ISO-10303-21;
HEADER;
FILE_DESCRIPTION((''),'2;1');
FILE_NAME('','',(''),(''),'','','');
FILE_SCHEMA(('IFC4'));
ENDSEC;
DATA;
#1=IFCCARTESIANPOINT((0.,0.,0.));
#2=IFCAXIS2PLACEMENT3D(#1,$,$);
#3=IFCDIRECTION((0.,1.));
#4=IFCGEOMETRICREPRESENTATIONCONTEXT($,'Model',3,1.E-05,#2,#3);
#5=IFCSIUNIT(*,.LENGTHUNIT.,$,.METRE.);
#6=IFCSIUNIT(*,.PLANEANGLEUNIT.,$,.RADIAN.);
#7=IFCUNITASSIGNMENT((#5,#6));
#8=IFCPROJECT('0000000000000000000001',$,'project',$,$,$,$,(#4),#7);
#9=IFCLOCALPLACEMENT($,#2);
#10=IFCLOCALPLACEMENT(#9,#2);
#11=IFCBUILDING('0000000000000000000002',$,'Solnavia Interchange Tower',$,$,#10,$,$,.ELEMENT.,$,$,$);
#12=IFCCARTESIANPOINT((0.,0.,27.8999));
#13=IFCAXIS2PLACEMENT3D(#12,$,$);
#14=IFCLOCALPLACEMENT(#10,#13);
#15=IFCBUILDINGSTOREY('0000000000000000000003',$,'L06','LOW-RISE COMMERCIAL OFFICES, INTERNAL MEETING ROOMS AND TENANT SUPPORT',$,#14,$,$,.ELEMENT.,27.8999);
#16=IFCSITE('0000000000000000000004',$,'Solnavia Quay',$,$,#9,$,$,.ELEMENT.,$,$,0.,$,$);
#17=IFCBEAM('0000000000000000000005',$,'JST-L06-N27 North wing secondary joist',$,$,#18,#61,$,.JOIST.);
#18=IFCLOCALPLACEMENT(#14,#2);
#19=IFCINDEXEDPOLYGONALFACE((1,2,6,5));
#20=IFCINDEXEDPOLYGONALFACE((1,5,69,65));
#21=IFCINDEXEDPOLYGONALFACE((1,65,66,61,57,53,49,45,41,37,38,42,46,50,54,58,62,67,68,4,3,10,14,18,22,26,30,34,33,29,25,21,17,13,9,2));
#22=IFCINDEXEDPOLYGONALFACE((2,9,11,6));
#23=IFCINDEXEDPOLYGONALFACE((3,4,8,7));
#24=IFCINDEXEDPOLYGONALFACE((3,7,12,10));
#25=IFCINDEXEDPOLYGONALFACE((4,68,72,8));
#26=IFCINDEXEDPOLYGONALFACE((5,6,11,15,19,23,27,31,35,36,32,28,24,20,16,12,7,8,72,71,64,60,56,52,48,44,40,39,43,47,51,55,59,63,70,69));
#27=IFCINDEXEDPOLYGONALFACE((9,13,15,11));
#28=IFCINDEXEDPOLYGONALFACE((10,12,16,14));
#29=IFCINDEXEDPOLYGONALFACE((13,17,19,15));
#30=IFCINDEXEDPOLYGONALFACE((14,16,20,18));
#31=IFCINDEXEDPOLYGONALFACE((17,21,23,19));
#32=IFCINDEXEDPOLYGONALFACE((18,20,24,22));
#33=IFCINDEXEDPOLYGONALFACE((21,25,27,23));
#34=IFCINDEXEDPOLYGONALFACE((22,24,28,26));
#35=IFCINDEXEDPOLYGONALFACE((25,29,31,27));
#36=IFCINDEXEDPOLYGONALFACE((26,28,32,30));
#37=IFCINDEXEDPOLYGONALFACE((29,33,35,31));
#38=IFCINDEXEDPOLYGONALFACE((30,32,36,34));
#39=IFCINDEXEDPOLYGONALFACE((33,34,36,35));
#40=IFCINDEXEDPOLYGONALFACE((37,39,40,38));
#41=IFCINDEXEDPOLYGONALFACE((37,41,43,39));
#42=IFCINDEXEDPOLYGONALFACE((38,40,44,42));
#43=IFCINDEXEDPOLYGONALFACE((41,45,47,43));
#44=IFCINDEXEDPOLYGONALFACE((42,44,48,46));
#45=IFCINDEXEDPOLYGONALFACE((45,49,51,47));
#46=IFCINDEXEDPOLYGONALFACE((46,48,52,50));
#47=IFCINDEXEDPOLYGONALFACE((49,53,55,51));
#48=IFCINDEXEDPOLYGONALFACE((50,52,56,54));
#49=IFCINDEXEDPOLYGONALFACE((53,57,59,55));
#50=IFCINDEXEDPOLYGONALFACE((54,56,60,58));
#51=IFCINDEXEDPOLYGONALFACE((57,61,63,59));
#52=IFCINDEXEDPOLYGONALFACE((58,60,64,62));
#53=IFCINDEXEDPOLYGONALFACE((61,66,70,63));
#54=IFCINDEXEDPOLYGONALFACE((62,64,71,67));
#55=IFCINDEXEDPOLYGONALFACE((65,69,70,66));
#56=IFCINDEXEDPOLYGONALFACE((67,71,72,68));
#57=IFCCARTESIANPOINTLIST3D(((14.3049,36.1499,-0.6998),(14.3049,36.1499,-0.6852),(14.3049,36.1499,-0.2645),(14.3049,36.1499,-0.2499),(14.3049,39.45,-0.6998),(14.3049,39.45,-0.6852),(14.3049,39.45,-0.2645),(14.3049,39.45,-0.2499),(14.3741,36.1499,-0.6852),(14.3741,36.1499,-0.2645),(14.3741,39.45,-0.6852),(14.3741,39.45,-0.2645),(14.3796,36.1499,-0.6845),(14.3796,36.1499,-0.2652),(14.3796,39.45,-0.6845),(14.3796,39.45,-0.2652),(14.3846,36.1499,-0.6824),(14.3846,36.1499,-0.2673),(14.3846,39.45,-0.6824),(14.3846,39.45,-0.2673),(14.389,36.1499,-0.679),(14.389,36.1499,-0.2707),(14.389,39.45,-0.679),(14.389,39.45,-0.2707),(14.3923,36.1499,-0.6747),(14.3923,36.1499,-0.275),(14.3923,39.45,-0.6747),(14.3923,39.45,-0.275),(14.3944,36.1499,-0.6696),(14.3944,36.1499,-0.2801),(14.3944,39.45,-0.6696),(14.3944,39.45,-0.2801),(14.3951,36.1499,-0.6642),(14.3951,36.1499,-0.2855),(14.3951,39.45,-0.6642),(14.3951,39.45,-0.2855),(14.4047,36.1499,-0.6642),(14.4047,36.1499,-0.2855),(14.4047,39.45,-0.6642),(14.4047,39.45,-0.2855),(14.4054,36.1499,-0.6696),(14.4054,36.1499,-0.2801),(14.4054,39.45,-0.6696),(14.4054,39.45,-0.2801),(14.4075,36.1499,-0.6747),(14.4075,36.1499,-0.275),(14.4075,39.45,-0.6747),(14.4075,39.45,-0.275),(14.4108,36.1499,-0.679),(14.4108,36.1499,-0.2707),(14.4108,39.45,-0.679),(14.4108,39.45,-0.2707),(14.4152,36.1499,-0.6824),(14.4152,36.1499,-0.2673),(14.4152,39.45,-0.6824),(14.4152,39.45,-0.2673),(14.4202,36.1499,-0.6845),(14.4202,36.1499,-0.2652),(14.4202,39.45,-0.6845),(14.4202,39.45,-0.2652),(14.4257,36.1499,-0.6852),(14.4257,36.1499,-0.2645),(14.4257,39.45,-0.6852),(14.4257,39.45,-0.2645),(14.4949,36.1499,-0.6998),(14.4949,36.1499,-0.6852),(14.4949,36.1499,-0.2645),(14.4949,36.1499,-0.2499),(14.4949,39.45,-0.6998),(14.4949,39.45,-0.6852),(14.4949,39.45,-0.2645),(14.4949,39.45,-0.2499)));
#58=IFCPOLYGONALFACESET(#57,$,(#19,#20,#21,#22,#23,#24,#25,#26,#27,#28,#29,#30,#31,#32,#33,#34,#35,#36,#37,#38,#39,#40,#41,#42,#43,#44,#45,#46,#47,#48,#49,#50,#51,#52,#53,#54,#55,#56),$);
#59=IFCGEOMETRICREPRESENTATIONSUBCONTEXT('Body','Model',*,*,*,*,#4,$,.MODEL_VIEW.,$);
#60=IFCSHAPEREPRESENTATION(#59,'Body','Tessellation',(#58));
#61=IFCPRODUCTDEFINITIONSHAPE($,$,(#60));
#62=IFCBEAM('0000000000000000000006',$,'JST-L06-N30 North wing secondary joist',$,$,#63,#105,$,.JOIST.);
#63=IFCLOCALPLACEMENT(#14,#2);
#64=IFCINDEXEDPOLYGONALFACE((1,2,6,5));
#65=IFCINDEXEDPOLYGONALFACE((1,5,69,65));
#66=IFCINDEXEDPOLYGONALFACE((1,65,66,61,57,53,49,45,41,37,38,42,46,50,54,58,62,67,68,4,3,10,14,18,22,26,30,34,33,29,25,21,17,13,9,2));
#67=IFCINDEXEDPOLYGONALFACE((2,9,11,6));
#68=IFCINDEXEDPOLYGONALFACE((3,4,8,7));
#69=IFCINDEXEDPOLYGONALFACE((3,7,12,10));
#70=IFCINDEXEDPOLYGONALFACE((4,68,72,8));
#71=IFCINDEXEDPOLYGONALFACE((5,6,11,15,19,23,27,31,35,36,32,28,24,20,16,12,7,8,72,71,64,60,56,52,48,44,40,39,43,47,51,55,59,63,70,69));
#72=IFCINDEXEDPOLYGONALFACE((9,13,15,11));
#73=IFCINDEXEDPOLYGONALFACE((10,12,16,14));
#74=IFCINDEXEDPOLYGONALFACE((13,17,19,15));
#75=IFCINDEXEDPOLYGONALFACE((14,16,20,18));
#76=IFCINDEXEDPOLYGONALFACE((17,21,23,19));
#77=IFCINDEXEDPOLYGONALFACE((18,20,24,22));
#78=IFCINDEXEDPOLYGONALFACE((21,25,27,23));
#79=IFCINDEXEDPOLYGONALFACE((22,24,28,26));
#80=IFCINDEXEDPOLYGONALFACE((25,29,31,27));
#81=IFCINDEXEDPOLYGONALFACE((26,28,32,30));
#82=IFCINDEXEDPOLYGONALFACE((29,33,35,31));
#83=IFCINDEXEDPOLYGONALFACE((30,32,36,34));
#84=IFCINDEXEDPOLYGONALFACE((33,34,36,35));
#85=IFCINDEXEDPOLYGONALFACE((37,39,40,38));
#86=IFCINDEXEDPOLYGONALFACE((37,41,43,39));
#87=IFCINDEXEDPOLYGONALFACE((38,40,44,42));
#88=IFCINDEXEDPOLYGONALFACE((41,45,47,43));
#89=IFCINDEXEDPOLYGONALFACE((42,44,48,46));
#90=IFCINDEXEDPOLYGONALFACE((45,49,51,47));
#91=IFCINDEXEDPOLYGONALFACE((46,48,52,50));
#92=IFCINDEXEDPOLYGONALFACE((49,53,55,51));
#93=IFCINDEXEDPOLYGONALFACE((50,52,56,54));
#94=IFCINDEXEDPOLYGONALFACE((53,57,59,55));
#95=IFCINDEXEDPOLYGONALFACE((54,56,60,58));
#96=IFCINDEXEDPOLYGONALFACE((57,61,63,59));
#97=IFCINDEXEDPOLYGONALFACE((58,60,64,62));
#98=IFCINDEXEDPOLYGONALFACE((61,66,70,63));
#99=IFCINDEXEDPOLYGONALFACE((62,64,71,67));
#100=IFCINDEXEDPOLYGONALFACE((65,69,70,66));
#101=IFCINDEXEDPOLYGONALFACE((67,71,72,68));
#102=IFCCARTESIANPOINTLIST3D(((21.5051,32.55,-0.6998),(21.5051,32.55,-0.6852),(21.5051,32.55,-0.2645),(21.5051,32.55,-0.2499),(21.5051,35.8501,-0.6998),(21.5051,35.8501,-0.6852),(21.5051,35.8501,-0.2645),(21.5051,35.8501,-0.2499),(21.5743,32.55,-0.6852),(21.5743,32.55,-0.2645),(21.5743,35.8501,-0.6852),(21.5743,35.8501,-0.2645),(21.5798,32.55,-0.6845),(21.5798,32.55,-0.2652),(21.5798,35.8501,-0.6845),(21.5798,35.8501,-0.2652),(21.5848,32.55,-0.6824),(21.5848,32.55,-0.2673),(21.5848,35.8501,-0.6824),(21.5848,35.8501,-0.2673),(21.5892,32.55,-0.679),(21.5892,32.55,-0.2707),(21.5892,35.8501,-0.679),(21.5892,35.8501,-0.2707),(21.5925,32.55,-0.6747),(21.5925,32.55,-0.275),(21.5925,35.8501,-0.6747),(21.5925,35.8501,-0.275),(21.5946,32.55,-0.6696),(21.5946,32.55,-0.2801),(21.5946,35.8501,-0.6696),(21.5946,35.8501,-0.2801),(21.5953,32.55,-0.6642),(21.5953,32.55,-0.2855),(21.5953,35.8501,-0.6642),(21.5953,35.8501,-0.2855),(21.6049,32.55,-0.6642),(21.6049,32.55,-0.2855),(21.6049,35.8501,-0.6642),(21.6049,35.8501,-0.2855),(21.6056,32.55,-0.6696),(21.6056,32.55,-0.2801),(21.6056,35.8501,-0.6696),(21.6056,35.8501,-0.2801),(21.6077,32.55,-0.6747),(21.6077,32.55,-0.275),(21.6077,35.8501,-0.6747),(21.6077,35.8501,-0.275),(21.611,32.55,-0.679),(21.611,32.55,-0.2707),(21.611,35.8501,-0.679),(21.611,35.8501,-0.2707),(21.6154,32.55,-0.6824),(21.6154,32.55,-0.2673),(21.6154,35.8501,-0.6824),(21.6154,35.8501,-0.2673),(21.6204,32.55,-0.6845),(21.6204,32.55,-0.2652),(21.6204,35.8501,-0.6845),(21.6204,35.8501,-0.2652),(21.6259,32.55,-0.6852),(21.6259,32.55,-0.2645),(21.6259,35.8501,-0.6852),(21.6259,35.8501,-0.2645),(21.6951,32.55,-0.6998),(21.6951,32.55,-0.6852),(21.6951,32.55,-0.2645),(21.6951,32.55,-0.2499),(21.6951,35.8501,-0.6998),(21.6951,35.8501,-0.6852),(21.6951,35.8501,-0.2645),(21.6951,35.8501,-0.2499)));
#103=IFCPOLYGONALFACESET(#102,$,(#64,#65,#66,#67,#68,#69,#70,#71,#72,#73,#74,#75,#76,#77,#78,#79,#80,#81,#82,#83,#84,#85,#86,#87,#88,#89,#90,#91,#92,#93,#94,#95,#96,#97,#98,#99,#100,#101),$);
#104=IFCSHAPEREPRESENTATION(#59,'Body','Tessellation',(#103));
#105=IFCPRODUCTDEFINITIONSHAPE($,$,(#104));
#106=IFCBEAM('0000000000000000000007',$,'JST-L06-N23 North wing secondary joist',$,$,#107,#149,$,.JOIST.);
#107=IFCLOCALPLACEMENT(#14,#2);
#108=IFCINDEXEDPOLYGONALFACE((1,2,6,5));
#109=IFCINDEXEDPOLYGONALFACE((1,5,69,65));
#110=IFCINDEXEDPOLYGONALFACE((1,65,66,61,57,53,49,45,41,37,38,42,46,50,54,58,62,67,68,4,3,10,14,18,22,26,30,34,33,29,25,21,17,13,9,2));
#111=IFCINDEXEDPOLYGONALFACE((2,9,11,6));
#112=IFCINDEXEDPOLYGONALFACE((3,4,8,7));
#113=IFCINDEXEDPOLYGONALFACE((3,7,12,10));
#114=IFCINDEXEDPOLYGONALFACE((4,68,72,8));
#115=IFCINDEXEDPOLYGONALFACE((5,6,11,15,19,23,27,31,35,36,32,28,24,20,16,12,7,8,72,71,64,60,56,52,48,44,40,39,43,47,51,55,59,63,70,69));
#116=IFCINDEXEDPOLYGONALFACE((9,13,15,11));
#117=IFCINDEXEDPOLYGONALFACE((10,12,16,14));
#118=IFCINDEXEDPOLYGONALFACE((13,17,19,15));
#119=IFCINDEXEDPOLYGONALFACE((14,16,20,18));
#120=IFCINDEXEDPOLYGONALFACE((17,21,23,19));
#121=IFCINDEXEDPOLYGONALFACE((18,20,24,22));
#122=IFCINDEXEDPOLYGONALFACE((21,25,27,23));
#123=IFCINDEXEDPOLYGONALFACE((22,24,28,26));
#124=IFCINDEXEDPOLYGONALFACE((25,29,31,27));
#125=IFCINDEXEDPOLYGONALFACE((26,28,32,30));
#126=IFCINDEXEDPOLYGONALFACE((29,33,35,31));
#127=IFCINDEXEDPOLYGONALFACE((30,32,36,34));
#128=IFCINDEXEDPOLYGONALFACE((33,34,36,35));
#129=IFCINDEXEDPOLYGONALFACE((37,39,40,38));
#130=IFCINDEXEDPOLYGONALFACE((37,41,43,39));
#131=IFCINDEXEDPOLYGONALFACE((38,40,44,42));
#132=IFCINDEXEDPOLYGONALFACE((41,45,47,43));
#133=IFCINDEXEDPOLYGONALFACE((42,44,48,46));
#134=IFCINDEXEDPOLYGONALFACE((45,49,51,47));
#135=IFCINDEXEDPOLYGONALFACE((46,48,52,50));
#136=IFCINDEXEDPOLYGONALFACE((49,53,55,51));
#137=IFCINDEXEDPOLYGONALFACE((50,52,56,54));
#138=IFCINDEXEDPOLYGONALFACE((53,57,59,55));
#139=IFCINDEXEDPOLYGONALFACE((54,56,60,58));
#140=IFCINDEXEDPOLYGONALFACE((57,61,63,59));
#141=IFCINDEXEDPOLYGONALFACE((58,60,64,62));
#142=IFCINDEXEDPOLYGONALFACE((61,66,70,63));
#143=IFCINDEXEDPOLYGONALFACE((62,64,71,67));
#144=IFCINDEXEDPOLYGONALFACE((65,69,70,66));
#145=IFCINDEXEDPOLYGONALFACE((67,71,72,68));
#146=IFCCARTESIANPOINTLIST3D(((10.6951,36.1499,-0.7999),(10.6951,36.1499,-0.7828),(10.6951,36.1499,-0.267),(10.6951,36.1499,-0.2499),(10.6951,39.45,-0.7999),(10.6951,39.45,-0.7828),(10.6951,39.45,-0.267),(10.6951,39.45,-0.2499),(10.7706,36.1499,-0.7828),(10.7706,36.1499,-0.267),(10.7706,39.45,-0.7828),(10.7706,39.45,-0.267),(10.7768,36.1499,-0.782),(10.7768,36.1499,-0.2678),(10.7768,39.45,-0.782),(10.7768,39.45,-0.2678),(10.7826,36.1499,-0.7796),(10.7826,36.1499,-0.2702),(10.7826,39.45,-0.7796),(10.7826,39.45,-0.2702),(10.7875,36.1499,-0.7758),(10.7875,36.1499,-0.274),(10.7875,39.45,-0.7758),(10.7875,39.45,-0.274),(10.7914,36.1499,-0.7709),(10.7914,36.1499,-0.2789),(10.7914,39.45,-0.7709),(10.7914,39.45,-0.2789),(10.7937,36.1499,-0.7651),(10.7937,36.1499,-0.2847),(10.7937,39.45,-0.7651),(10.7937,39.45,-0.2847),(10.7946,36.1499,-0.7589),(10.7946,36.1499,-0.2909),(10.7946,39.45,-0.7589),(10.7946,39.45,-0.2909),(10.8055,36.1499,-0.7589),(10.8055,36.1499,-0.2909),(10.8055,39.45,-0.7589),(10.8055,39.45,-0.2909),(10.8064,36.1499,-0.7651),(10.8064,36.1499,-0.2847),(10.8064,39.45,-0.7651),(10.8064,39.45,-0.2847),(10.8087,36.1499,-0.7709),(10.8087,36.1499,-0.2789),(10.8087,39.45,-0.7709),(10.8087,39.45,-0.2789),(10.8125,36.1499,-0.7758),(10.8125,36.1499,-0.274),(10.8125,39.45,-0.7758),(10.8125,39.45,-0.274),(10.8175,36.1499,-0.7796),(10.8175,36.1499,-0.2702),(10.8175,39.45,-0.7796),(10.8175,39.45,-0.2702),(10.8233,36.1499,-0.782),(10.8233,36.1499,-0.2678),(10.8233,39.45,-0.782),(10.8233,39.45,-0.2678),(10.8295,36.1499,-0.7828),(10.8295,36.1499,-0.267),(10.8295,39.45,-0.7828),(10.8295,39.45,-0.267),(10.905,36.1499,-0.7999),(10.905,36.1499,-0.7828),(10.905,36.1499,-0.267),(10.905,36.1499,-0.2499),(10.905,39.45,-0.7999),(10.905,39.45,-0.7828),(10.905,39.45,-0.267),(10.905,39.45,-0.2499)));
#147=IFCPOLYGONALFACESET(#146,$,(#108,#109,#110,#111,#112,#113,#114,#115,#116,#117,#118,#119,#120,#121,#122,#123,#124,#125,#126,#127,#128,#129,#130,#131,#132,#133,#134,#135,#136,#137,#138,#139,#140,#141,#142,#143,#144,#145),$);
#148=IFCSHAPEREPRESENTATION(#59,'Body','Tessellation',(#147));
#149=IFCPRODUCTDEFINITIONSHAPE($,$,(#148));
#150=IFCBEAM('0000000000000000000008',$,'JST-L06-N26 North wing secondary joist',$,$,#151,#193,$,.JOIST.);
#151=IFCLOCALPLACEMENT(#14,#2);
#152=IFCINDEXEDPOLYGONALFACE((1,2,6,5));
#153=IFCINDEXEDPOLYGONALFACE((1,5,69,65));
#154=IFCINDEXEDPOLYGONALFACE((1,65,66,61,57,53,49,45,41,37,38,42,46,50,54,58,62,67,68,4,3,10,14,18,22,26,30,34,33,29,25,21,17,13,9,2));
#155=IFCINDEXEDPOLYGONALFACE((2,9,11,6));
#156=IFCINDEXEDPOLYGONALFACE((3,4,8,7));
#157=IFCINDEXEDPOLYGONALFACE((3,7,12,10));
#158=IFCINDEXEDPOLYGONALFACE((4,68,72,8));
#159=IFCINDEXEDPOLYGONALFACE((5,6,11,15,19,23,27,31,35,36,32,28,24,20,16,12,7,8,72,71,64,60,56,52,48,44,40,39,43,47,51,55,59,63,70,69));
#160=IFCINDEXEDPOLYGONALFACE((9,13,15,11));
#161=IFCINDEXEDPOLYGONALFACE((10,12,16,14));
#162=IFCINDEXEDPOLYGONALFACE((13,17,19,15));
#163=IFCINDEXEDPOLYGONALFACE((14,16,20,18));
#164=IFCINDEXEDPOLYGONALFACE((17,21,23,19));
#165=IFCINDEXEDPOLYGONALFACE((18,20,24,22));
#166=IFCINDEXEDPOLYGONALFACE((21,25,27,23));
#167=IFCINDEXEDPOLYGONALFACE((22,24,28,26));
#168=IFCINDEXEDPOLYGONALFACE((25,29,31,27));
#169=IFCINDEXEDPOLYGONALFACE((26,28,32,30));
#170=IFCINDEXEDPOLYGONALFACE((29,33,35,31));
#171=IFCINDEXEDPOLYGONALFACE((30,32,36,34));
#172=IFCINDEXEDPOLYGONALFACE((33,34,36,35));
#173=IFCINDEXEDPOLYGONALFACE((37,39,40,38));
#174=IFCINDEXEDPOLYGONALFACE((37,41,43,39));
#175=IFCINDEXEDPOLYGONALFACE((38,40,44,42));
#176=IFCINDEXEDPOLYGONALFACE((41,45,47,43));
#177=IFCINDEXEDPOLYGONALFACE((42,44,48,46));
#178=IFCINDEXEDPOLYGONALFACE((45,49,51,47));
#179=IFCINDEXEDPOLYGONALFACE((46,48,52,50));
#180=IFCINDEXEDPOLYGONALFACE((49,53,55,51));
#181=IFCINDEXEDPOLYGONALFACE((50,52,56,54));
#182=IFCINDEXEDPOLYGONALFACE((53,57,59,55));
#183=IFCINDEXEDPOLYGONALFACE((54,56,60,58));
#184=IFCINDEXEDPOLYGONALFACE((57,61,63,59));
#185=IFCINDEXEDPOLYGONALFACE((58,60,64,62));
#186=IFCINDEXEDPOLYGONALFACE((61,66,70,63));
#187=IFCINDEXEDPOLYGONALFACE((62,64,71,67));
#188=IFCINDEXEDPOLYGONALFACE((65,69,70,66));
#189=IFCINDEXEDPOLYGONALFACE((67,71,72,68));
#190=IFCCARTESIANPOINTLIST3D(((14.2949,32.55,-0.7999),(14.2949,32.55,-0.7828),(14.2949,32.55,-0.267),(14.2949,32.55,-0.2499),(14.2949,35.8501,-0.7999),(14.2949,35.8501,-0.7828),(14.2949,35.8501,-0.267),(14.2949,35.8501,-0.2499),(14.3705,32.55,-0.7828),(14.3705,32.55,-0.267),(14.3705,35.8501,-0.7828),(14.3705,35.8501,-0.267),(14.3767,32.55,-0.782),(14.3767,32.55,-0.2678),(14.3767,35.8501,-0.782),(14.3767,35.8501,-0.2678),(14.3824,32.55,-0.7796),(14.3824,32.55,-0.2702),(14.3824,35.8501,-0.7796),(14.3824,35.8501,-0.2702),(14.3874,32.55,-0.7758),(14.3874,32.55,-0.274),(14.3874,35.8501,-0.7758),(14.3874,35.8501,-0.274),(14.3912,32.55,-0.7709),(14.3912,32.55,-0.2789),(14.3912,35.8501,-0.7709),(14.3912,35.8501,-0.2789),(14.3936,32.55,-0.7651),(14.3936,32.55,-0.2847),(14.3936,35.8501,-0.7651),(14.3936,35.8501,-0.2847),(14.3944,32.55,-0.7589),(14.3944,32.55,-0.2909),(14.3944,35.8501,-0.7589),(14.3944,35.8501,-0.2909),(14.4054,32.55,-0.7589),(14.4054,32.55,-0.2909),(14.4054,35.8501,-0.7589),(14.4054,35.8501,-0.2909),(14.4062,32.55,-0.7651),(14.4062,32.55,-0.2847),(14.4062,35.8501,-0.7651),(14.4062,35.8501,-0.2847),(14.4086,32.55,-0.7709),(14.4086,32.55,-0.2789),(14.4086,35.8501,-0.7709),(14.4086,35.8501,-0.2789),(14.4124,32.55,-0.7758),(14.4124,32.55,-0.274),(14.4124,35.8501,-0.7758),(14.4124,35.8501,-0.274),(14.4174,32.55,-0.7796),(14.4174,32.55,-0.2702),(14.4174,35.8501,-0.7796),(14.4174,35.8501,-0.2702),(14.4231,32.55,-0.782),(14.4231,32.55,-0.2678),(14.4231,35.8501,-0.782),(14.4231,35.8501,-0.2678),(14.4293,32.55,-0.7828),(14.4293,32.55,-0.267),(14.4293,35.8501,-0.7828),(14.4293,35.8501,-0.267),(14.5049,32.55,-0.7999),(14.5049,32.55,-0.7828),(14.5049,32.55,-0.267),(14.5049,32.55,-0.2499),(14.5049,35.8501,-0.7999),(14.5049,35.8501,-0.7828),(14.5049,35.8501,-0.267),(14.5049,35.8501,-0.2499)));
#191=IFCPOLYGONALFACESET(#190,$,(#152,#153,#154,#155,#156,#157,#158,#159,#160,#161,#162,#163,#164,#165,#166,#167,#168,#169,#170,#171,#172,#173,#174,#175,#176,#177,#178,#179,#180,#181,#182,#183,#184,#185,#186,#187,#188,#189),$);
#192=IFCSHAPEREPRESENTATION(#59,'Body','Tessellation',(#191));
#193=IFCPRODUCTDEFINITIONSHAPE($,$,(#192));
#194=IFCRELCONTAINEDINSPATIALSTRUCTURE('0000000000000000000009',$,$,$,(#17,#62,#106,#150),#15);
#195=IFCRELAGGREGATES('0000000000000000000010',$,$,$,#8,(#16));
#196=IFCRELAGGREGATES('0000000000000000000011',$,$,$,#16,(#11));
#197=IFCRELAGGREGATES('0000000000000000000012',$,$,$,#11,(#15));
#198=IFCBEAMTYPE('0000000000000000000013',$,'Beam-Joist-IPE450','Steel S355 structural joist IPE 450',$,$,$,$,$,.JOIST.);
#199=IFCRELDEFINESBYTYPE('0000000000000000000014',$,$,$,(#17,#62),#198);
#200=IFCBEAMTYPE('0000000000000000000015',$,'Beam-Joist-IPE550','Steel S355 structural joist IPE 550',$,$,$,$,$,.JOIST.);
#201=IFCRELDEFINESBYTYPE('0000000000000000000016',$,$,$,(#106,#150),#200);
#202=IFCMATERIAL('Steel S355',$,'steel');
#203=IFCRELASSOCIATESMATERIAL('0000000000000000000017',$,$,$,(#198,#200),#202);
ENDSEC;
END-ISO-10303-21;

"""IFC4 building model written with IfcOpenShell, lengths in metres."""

from ifc_helpers import new_model, si_unit, direction, frame, origin, origin_2d, place, context, subcontext, project, spatial, i_section, extrude, material, material_profile, profile_set, type_object, element, save


model = new_model("IFC4")

# Units and contexts
model_context = context("Model", 3, precision=1e-05, world=origin(), true_north=direction((0.0, 1.0)))
body_context = subcontext(model_context, "Body", "Model", "MODEL_VIEW")
ifc_project = project(units=[si_unit("LENGTHUNIT", "METRE"), si_unit("PLANEANGLEUNIT", "RADIAN")], contexts=[model_context])

# Site, building, storey
site_placement = place(None, origin())
site = spatial("IfcSite", under=ifc_project, at=site_placement, Name="Solnavia Quay", CompositionType="ELEMENT", RefElevation=0.0)
building_placement = place(site_placement, origin())
building = spatial("IfcBuilding", under=site, at=building_placement, Name="Solnavia Interchange Tower", CompositionType="ELEMENT")
storey_placement = place(building_placement, frame((0.0, 0.0, 27.8999)))
storey = spatial("IfcBuildingStorey", under=building, at=storey_placement, Name="L06", Description="LOW-RISE COMMERCIAL OFFICES, INTERNAL MEETING ROOMS AND TENANT SUPPORT", CompositionType="ELEMENT", Elevation=27.8999)

# Shared definitions
ifc_material_1 = material(Name="Steel S355", Category="steel")

# Beams
ifc_material_profile_1 = material_profile(ifc_material_1, i_section(OverallWidth=0.1899, OverallDepth=0.45, WebThickness=0.0095, FlangeThickness=0.0146, FilletRadius=0.021, at=origin_2d()), Name="IPE 450")
ifc_profile_set_1 = profile_set([ifc_material_profile_1], Name="Steel S355")
beam_type_1 = type_object("IfcBeamType", Name="Beam-Joist-IPE450", Description="Steel S355 structural joist IPE 450", PredefinedType="JOIST", material=ifc_profile_set_1)
for number, where, z_axis, x_axis, name in (
    (1, (14.3999, 36.1499, -0.4749), (0.0, 1.0, 0.0), (-1.0, 0.0, 0.0), "JST-L06-N27 North wing secondary joist"),
    (2, (21.6001, 32.55, -0.4749), (0.0, 1.0, 0.0), (-1.0, 0.0, 0.0), "JST-L06-N30 North wing secondary joist"),
):
    element("IfcBeam", number, at=place(storey_placement, frame(where, z_axis=z_axis, x_axis=x_axis)), inside=storey, type_object=beam_type_1, Name=name, PredefinedType="JOIST", context=body_context, shape_type="SweptSolid", body=[
        extrude(i_section(OverallWidth=0.1899, OverallDepth=0.45, WebThickness=0.0095, FlangeThickness=0.0146, FilletRadius=0.021, at=origin_2d()), origin(), (0.0, 0.0, 1.0), 3.3),
    ])
ifc_material_profile_2 = material_profile(ifc_material_1, i_section(OverallWidth=0.21, OverallDepth=0.55, WebThickness=0.011, FlangeThickness=0.0171, FilletRadius=0.0239, at=origin_2d()), Name="IPE 550")
ifc_profile_set_2 = profile_set([ifc_material_profile_2], Name="Steel S355")
beam_type_2 = type_object("IfcBeamType", Name="Beam-Joist-IPE550", Description="Steel S355 structural joist IPE 550", PredefinedType="JOIST", material=ifc_profile_set_2)
for number, where, z_axis, x_axis, name in (
    (3, (10.8, 36.1499, -0.5249), (0.0, 1.0, 0.0), (-1.0, 0.0, 0.0), "JST-L06-N23 North wing secondary joist"),
    (4, (14.3999, 32.55, -0.5249), (0.0, 1.0, 0.0), (-1.0, 0.0, 0.0), "JST-L06-N26 North wing secondary joist"),
):
    element("IfcBeam", number, at=place(storey_placement, frame(where, z_axis=z_axis, x_axis=x_axis)), inside=storey, type_object=beam_type_2, Name=name, PredefinedType="JOIST", context=body_context, shape_type="SweptSolid", body=[
        extrude(i_section(OverallWidth=0.21, OverallDepth=0.55, WebThickness=0.011, FlangeThickness=0.0171, FilletRadius=0.0239, at=origin_2d()), origin(), (0.0, 0.0, 1.0), 3.3),
    ])

save(model, "model.ifc")
